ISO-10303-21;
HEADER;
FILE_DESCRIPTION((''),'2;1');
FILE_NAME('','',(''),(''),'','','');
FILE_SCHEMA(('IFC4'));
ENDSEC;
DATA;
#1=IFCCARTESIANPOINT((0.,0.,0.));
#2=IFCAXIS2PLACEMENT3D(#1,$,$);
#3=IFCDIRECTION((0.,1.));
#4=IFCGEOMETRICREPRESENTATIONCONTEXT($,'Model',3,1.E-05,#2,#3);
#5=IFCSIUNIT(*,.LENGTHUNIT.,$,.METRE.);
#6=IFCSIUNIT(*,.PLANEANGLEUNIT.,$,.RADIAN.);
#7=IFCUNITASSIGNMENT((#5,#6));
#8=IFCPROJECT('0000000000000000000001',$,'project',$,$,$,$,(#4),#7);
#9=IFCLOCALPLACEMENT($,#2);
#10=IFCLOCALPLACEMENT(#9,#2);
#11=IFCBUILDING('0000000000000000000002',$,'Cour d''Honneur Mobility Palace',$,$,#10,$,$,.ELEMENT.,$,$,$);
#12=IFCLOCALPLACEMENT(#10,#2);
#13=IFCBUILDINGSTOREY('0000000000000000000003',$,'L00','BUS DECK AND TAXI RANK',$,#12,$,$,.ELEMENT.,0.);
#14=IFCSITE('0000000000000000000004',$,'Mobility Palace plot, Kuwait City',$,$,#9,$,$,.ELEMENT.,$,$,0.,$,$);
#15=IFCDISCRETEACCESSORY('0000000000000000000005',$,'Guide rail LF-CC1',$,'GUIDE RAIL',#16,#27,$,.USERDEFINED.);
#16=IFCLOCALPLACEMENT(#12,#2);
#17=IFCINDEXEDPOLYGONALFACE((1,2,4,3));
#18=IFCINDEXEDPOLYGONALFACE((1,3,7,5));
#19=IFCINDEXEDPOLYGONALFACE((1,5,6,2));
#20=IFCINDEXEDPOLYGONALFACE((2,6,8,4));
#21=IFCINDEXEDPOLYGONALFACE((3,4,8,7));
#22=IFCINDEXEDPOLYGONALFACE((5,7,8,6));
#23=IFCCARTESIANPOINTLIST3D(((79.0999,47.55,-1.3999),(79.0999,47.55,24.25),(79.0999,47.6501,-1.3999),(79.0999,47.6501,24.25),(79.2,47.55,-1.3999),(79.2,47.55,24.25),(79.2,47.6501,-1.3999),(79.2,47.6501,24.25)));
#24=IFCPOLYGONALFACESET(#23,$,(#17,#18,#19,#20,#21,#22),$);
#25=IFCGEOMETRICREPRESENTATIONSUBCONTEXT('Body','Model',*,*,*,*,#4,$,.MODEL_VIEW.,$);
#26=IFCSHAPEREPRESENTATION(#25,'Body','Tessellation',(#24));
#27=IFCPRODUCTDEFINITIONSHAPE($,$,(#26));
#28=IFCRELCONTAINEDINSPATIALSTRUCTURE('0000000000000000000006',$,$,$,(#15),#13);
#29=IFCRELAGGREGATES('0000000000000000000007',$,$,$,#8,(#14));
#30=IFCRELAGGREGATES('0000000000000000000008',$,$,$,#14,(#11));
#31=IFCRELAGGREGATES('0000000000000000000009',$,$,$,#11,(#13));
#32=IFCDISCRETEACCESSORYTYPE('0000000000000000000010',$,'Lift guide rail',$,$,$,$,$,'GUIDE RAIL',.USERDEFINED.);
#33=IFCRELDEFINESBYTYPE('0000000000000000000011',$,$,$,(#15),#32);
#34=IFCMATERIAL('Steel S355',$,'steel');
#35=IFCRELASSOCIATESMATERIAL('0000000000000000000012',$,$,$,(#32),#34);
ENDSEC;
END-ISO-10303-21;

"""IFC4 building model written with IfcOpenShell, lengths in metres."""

from ifc_helpers import new_model, si_unit, direction, frame, origin, origin_2d, place, context, subcontext, project, spatial, rectangle, extrude, material, type_object, element, save


model = new_model("IFC4")

# Units and contexts
model_context = context("Model", 3, precision=1e-05, world=origin(), true_north=direction((0.0, 1.0)))
body_context = subcontext(model_context, "Body", "Model", "MODEL_VIEW")
ifc_project = project(units=[si_unit("LENGTHUNIT", "METRE"), si_unit("PLANEANGLEUNIT", "RADIAN")], contexts=[model_context])

# Site, building, storey
site_placement = place(None, origin())
site = spatial("IfcSite", under=ifc_project, at=site_placement, Name="Mobility Palace plot, Kuwait City", CompositionType="ELEMENT", RefElevation=0.0)
building_placement = place(site_placement, origin())
building = spatial("IfcBuilding", under=site, at=building_placement, Name="Cour d'Honneur Mobility Palace", CompositionType="ELEMENT")
storey_placement = place(building_placement, origin())
storey = spatial("IfcBuildingStorey", under=building, at=storey_placement, Name="L00", Description="BUS DECK AND TAXI RANK", CompositionType="ELEMENT", Elevation=0.0)

# Discrete accessory
ifc_material_1 = material(Name="Steel S355", Category="steel")
discrete_accessory_type = type_object("IfcDiscreteAccessoryType", Name="Lift guide rail", ElementType="GUIDE RAIL", PredefinedType="USERDEFINED", material=ifc_material_1)
discrete_accessory_placement = place(storey_placement, frame((79.1499, 47.6001, -1.3999), z_axis=(0.0, 0.0, 1.0), x_axis=(1.0, 0.0, 0.0)))
element("IfcDiscreteAccessory", 1, at=discrete_accessory_placement, inside=storey, type_object=discrete_accessory_type, Name="Guide rail LF-CC1", ObjectType="GUIDE RAIL", PredefinedType="USERDEFINED", context=body_context, shape_type="SweptSolid", body=[
    extrude(rectangle(XDim=0.1001, YDim=0.1001, at=origin_2d()), origin(), (0.0, 0.0, 1.0), 25.6499),
])

save(model, "model.ifc")
